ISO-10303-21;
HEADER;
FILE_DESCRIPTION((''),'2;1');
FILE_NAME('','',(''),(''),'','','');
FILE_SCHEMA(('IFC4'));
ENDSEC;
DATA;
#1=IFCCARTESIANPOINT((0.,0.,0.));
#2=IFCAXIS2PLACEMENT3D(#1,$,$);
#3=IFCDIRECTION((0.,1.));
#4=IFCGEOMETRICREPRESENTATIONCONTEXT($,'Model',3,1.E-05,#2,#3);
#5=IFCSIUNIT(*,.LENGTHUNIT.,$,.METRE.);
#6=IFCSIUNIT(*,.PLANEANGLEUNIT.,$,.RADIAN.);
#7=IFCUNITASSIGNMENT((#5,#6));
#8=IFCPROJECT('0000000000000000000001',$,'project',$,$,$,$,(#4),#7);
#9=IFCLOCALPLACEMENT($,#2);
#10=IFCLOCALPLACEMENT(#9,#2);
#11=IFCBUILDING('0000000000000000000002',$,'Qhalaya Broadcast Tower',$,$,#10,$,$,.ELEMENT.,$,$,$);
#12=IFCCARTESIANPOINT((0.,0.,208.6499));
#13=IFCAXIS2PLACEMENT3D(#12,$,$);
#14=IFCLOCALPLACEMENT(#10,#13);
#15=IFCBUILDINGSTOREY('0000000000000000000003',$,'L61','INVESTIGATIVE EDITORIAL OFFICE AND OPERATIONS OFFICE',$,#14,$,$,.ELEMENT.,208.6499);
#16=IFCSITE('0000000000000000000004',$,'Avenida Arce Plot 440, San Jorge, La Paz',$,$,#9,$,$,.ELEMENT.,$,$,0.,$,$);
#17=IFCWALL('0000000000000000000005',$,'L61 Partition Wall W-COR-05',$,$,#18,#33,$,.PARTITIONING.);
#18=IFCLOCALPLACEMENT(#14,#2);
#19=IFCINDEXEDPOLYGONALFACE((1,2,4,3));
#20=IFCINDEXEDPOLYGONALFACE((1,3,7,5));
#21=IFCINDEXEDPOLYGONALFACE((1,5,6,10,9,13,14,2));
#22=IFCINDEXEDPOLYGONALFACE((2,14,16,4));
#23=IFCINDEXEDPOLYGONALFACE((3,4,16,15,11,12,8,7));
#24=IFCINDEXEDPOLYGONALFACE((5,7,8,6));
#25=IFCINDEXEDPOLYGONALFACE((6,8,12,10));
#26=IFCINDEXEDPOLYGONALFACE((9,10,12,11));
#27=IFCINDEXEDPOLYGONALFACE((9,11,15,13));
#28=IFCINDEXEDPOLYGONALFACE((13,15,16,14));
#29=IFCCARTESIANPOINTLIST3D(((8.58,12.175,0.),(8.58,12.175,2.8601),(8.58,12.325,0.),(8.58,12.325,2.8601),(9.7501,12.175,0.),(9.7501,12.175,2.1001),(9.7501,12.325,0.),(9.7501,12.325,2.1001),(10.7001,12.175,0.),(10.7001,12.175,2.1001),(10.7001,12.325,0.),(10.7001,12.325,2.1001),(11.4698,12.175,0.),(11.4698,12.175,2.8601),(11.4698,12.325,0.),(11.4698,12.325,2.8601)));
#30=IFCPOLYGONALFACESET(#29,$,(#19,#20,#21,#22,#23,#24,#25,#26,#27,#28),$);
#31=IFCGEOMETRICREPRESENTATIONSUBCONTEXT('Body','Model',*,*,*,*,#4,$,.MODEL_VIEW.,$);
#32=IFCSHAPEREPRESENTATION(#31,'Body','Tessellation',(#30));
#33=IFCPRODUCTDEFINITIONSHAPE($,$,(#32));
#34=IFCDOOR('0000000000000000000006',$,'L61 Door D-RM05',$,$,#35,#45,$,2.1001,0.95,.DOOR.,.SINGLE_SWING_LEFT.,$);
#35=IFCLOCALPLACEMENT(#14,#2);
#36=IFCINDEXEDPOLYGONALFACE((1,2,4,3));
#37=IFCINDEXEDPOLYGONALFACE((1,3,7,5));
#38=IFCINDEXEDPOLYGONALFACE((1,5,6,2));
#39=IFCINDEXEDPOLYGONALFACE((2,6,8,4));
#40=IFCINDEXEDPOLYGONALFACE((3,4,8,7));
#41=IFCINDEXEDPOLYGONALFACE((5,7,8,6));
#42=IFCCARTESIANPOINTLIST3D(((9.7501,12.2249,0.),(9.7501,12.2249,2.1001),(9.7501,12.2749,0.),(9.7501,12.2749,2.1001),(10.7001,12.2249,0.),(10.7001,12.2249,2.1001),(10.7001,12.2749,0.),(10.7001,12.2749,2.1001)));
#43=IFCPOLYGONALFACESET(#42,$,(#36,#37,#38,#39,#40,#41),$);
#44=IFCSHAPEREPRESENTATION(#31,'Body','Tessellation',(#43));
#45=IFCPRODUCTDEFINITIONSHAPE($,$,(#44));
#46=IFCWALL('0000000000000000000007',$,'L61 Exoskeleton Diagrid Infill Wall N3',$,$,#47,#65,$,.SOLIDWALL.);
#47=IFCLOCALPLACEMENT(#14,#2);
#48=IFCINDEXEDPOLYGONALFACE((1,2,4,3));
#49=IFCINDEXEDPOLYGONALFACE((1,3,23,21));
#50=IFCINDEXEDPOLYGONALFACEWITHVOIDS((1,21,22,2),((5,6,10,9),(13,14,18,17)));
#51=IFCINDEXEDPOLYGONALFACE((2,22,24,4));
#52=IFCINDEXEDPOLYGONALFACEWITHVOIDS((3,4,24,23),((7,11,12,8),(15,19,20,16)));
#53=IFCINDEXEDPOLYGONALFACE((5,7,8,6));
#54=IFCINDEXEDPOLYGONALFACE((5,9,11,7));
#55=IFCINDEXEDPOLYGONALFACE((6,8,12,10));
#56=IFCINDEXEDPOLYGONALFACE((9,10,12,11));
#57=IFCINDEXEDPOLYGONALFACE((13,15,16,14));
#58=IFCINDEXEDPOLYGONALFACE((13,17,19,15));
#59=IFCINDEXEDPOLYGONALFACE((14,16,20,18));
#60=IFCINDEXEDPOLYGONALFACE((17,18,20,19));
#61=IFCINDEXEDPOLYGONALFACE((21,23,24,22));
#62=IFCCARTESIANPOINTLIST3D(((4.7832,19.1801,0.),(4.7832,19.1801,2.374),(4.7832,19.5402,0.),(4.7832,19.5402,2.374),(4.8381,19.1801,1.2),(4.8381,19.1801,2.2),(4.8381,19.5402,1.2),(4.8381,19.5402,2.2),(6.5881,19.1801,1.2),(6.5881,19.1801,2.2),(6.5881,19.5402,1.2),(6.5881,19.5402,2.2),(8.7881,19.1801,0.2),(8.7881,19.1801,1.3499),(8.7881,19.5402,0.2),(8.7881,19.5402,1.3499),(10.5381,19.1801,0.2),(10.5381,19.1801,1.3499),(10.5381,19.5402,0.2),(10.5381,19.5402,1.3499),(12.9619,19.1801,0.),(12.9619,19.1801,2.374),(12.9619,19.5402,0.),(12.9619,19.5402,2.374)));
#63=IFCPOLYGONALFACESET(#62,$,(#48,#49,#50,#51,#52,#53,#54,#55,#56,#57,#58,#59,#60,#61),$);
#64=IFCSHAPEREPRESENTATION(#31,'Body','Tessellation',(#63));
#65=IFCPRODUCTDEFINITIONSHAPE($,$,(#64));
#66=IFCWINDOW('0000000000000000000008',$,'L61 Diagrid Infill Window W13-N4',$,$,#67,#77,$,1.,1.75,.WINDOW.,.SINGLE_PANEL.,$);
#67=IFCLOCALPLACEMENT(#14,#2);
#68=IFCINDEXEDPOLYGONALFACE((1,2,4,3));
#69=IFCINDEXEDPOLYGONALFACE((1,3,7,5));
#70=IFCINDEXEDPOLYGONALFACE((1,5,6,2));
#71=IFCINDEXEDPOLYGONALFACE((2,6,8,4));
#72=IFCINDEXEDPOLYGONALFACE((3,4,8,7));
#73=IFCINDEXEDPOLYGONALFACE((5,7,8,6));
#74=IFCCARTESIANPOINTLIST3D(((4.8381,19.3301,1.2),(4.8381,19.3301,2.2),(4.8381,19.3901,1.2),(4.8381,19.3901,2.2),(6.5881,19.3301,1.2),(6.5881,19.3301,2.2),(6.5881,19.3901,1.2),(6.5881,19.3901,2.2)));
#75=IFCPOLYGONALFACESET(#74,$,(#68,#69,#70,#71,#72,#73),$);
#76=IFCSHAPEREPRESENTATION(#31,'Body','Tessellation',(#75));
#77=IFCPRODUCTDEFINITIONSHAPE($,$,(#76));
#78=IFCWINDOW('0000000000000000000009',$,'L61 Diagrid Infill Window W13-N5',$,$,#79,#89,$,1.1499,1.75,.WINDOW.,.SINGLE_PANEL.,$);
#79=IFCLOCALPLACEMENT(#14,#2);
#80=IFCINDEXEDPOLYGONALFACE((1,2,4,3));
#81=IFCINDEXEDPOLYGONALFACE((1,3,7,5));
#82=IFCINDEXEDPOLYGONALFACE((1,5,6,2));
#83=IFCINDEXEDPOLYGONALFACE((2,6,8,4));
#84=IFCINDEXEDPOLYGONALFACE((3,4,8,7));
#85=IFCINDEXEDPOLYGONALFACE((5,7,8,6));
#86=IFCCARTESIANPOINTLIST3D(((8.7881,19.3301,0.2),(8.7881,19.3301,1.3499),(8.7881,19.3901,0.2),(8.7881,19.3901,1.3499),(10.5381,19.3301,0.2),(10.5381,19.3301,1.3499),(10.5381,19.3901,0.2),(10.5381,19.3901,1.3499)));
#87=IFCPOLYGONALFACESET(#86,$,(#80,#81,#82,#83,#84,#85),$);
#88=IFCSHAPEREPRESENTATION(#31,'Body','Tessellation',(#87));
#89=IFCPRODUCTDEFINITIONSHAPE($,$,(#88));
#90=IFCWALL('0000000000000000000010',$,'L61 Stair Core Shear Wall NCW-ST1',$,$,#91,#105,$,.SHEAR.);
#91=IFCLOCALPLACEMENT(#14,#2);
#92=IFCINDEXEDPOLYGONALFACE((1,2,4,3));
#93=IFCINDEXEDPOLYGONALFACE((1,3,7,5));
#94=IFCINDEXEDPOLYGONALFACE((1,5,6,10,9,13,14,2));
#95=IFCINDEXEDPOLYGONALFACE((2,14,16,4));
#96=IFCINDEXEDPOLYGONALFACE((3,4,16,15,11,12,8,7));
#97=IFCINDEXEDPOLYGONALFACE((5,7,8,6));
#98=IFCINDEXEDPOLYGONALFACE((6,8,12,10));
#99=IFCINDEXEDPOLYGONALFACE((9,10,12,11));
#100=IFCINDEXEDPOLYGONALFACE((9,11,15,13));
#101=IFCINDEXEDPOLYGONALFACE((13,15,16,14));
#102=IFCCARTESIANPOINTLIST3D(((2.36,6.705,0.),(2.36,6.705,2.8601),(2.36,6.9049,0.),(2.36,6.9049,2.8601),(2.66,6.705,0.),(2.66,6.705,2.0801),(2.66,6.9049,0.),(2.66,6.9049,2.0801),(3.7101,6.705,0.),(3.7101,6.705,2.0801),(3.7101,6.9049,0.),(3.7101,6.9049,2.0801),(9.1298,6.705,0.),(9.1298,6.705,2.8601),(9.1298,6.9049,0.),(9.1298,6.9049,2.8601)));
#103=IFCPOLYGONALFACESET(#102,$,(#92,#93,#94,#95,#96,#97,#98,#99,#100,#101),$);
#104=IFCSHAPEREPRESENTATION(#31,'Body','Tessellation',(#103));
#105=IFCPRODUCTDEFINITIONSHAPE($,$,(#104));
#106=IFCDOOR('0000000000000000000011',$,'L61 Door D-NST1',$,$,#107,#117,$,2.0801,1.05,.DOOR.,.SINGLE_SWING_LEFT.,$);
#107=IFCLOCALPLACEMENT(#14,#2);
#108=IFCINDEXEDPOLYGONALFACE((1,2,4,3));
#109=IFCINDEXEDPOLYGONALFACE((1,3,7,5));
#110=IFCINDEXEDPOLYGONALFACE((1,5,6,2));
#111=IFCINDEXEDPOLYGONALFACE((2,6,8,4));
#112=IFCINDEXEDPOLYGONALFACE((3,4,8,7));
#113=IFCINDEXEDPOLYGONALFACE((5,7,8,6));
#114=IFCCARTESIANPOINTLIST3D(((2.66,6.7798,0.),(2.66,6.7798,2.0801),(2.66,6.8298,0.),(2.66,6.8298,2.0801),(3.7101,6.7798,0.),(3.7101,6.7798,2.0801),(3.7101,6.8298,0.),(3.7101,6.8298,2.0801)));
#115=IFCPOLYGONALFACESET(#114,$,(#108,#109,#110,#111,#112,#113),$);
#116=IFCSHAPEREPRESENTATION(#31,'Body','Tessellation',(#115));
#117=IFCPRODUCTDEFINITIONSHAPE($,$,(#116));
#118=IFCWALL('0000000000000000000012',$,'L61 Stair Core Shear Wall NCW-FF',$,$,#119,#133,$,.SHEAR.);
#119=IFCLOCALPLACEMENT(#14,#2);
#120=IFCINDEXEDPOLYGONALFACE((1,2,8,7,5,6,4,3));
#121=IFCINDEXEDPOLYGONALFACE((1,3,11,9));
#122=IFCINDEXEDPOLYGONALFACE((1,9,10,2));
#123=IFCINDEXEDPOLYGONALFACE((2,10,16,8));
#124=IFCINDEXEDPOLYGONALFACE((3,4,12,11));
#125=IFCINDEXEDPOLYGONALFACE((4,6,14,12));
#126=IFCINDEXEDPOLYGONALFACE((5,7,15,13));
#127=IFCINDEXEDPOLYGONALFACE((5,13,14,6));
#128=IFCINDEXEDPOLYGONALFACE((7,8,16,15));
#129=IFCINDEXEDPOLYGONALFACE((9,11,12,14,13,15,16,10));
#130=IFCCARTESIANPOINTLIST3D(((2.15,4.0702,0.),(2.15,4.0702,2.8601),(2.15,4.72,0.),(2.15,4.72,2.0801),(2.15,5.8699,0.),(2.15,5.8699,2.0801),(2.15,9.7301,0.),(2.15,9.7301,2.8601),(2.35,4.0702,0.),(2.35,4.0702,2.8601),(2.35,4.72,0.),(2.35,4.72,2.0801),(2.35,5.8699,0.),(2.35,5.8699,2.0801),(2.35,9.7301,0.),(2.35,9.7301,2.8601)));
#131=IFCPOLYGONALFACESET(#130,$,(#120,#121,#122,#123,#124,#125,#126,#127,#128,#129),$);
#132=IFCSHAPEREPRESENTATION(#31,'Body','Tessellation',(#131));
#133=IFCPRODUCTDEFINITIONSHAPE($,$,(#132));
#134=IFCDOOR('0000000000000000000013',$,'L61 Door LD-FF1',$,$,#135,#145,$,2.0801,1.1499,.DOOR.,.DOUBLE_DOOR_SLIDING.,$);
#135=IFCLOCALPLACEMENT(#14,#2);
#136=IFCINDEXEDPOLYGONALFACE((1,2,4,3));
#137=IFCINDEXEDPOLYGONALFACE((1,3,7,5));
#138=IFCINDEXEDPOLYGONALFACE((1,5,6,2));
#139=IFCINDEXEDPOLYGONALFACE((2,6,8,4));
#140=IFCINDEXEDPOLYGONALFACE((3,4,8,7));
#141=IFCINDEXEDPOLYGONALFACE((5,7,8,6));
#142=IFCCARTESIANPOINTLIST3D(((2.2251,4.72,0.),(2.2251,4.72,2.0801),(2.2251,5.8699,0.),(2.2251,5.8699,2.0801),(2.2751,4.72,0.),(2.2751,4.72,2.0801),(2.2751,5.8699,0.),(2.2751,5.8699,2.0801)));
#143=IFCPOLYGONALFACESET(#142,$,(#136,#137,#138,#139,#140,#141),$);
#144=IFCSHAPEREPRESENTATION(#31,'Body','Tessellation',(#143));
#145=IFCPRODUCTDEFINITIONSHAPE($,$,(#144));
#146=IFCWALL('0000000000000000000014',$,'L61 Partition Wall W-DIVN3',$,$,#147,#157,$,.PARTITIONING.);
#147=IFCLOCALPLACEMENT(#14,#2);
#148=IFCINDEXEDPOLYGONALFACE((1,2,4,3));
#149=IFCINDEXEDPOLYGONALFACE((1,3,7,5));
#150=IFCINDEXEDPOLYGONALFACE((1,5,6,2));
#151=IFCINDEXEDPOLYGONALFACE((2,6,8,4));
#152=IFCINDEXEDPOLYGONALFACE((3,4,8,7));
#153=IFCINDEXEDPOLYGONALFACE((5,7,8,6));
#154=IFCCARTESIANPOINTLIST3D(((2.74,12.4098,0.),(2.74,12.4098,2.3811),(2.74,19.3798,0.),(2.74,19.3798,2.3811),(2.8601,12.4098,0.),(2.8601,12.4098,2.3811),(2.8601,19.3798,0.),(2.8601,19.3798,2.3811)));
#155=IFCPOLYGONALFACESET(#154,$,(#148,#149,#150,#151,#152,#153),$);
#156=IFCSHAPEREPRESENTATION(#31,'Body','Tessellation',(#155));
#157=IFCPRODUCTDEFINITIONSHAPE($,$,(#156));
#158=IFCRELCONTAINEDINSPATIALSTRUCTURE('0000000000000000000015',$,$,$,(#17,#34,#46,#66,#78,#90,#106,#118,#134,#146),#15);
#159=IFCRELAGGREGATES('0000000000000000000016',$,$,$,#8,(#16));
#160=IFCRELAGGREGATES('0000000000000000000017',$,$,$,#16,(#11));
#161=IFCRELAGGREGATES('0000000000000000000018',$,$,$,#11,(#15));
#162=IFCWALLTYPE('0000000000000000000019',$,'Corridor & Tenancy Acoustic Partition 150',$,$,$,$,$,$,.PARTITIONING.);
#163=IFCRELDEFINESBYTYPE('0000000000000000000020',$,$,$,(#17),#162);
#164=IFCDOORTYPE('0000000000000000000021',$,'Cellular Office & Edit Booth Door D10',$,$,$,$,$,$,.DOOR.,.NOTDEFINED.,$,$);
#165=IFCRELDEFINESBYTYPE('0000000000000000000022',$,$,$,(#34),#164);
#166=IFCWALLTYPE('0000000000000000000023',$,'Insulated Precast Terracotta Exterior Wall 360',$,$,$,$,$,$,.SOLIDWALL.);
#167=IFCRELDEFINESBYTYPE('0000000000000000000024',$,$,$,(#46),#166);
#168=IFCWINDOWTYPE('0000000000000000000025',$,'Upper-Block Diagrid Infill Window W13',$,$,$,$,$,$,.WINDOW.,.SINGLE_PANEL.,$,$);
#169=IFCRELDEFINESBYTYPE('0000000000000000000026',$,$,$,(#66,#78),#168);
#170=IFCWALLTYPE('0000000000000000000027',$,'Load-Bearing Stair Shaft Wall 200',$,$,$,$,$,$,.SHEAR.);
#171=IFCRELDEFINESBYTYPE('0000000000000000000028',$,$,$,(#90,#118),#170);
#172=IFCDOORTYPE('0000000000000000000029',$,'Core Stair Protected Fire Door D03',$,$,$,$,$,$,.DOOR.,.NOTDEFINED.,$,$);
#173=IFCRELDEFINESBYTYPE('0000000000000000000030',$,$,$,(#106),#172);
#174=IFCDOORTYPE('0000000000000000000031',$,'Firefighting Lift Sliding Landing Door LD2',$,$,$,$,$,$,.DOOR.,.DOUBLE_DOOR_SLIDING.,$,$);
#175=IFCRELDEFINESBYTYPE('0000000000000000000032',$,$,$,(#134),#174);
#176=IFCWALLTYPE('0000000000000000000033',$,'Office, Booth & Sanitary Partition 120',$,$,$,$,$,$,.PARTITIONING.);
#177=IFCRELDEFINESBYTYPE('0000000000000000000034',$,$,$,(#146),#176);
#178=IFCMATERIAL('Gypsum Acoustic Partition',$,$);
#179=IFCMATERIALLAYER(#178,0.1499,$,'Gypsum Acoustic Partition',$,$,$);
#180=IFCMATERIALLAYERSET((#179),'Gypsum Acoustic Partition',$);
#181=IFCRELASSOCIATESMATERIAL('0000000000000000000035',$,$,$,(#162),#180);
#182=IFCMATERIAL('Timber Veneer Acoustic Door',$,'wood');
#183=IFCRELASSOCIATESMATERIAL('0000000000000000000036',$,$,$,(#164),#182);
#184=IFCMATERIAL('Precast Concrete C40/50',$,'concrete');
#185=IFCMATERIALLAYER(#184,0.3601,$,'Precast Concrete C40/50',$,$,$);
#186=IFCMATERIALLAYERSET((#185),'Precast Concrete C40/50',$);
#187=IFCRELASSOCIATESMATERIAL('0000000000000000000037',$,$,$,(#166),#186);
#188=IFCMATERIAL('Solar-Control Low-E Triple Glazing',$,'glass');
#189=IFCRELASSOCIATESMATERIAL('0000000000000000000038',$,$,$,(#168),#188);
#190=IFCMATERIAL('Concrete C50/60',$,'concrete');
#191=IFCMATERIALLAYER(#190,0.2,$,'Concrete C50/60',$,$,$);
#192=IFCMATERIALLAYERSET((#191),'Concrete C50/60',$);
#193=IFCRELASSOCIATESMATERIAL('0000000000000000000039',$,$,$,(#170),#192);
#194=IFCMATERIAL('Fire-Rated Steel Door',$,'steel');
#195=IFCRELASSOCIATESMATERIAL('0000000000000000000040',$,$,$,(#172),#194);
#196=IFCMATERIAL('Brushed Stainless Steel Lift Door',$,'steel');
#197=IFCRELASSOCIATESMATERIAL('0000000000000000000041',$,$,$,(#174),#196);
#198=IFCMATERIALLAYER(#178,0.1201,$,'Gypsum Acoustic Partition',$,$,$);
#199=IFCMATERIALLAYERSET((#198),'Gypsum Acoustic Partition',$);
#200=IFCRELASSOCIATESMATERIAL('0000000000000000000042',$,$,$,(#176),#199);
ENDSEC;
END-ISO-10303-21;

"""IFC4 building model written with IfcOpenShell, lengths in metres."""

from ifc_helpers import new_model, si_unit, direction, frame, frame_2d, origin, place, context, subcontext, project, spatial, rectangle, extrude, material, layer, layer_set, type_object, element, fill, save


model = new_model("IFC4")

# Units and contexts
model_context = context("Model", 3, precision=1e-05, world=origin(), true_north=direction((0.0, 1.0)))
body_context = subcontext(model_context, "Body", "Model", "MODEL_VIEW")
ifc_project = project(units=[si_unit("LENGTHUNIT", "METRE"), si_unit("PLANEANGLEUNIT", "RADIAN")], contexts=[model_context])

# Site, building, storey
site_placement = place(None, origin())
site = spatial("IfcSite", under=ifc_project, at=site_placement, Name="Avenida Arce Plot 440, San Jorge, La Paz", CompositionType="ELEMENT", RefElevation=0.0)
building_placement = place(site_placement, origin())
building = spatial("IfcBuilding", under=site, at=building_placement, Name="Qhalaya Broadcast Tower", CompositionType="ELEMENT")
storey_placement = place(building_placement, frame((0.0, 0.0, 208.6499)))
storey = spatial("IfcBuildingStorey", under=building, at=storey_placement, Name="L61", Description="INVESTIGATIVE EDITORIAL OFFICE AND OPERATIONS OFFICE", CompositionType="ELEMENT", Elevation=208.6499)

# Shared definitions
ifc_material_1 = material(Name="Concrete C50/60", Category="concrete")

# Wall, opening, door
ifc_material_2 = material(Name="Gypsum Acoustic Partition")
ifc_layer_1 = layer(ifc_material_2, 0.1499, Name="Gypsum Acoustic Partition")
ifc_layer_set_1 = layer_set([ifc_layer_1], Name="Gypsum Acoustic Partition")
wall_type_1 = type_object("IfcWallType", Name="Corridor & Tenancy Acoustic Partition 150", PredefinedType="PARTITIONING", material=ifc_layer_set_1)
ifc_material_3 = material(Name="Timber Veneer Acoustic Door", Category="wood")
door_type_1 = type_object("IfcDoorType", Name="Cellular Office & Edit Booth Door D10", OperationType="NOTDEFINED", PredefinedType="DOOR", material=ifc_material_3)
wall_1_placement = place(storey_placement, frame((8.5801, 12.25, 0.0), z_axis=(0.0, 0.0, 1.0), x_axis=(1.0, 0.0, 0.0)))
wall_1 = element("IfcWall", 1, at=wall_1_placement, inside=storey, type_object=wall_type_1, Name="L61 Partition Wall W-COR-05", PredefinedType="PARTITIONING", context=body_context, shape_type="SweptSolid", body=[
    extrude(rectangle(XDim=2.8899, YDim=0.1499, at=frame_2d((1.4448, 0.0))), origin(), (0.0, 0.0, 1.0), 2.8601),
])
opening_1_placement = place(wall_1_placement, frame((1.1699, 0.0, 0.0)))
opening_1 = element("IfcOpeningElement", 2, at=opening_1_placement, cuts=wall_1, PredefinedType="OPENING", context=body_context, shape_type="SweptSolid", body=[
    extrude(rectangle(XDim=0.95, YDim=2.1001, at=frame_2d((0.4751, 1.05))), frame((0.0, 0.0869, 0.0), z_axis=(0.0, -1.0, 0.0), x_axis=(1.0, 0.0, 0.0)), (0.0, 0.0, 1.0), 0.1738),
])
door_1_placement = place(opening_1_placement, origin())
door_1 = element("IfcDoor", 3, at=door_1_placement, inside=storey, type_object=door_type_1, Name="L61 Door D-RM05", OperationType="SINGLE_SWING_LEFT", OverallHeight=2.1001, OverallWidth=0.95, PredefinedType="DOOR", context=body_context, shape_type="SweptSolid", body=[
    extrude(rectangle(XDim=0.95, YDim=2.1001, at=frame_2d((0.4751, 1.05))), frame((0.0, 0.0249, 0.0), z_axis=(0.0, -1.0, 0.0), x_axis=(1.0, 0.0, 0.0)), (0.0, 0.0, 1.0), 0.05),
])
fill(opening_1, door_1)

# Wall, openings, windows
ifc_material_4 = material(Name="Precast Concrete C40/50", Category="concrete")
ifc_layer_2 = layer(ifc_material_4, 0.3601, Name="Precast Concrete C40/50")
ifc_layer_set_2 = layer_set([ifc_layer_2], Name="Precast Concrete C40/50")
wall_type_2 = type_object("IfcWallType", Name="Insulated Precast Terracotta Exterior Wall 360", PredefinedType="SOLIDWALL", material=ifc_layer_set_2)
wall_2_placement = place(storey_placement, frame((4.7832, 19.3601, 0.0), z_axis=(0.0, 0.0, 1.0), x_axis=(1.0, 0.0, 0.0)))
wall_2 = element("IfcWall", 4, at=wall_2_placement, inside=storey, type_object=wall_type_2, Name="L61 Exoskeleton Diagrid Infill Wall N3", PredefinedType="SOLIDWALL", context=body_context, shape_type="SweptSolid", body=[
    extrude(rectangle(XDim=8.1787, YDim=0.3601, at=frame_2d((4.0894, 0.0))), origin(), (0.0, 0.0, 1.0), 2.374),
])
opening_2_placement = place(wall_2_placement, frame((0.0549, 0.0, 1.2)))
opening_2 = element("IfcOpeningElement", 5, at=opening_2_placement, cuts=wall_2, PredefinedType="OPENING", context=body_context, shape_type="SweptSolid", body=[
    extrude(rectangle(XDim=1.75, YDim=1.0, at=frame_2d((0.875, 0.5))), frame((0.0, 0.1921, 0.0), z_axis=(0.0, -1.0, 0.0), x_axis=(1.0, 0.0, 0.0)), (0.0, 0.0, 1.0), 0.384),
])
opening_3_placement = place(wall_2_placement, frame((4.0049, 0.0, 0.2)))
opening_3 = element("IfcOpeningElement", 6, at=opening_3_placement, cuts=wall_2, PredefinedType="OPENING", context=body_context, shape_type="SweptSolid", body=[
    extrude(rectangle(XDim=1.75, YDim=1.1499, at=frame_2d((0.875, 0.575))), frame((0.0, 0.1921, 0.0), z_axis=(0.0, -1.0, 0.0), x_axis=(1.0, 0.0, 0.0)), (0.0, 0.0, 1.0), 0.384),
])
ifc_material_5 = material(Name="Solar-Control Low-E Triple Glazing", Category="glass")
window_type = type_object("IfcWindowType", Name="Upper-Block Diagrid Infill Window W13", PartitioningType="SINGLE_PANEL", PredefinedType="WINDOW", material=ifc_material_5)
window_1_placement = place(opening_2_placement, origin())
window_1 = element("IfcWindow", 7, at=window_1_placement, inside=storey, type_object=window_type, Name="L61 Diagrid Infill Window W13-N4", OverallHeight=1.0, OverallWidth=1.75, PartitioningType="SINGLE_PANEL", PredefinedType="WINDOW", context=body_context, shape_type="SweptSolid", body=[
    extrude(rectangle(XDim=1.75, YDim=1.0, at=frame_2d((0.875, 0.5))), frame((0.0, 0.03, 0.0), z_axis=(0.0, -1.0, 0.0), x_axis=(1.0, 0.0, 0.0)), (0.0, 0.0, 1.0), 0.0601),
])
fill(opening_2, window_1)
window_2_placement = place(opening_3_placement, origin())
window_2 = element("IfcWindow", 8, at=window_2_placement, inside=storey, type_object=window_type, Name="L61 Diagrid Infill Window W13-N5", OverallHeight=1.1499, OverallWidth=1.75, PartitioningType="SINGLE_PANEL", PredefinedType="WINDOW", context=body_context, shape_type="SweptSolid", body=[
    extrude(rectangle(XDim=1.75, YDim=1.1499, at=frame_2d((0.875, 0.575))), frame((0.0, 0.03, 0.0), z_axis=(0.0, -1.0, 0.0), x_axis=(1.0, 0.0, 0.0)), (0.0, 0.0, 1.0), 0.0601),
])
fill(opening_3, window_2)

# Walls, openings, doors
ifc_layer_3 = layer(ifc_material_1, 0.2, Name="Concrete C50/60")
ifc_layer_set_3 = layer_set([ifc_layer_3], Name="Concrete C50/60")
wall_type_3 = type_object("IfcWallType", Name="Load-Bearing Stair Shaft Wall 200", PredefinedType="SHEAR", material=ifc_layer_set_3)
wall_3_placement = place(storey_placement, frame((2.3601, 6.8049, 0.0), z_axis=(0.0, 0.0, 1.0), x_axis=(1.0, 0.0, 0.0)))
wall_3 = element("IfcWall", 9, at=wall_3_placement, inside=storey, type_object=wall_type_3, Name="L61 Stair Core Shear Wall NCW-ST1", PredefinedType="SHEAR", context=body_context, shape_type="SweptSolid", body=[
    extrude(rectangle(XDim=6.7698, YDim=0.2, at=frame_2d((3.3848, 0.0))), origin(), (0.0, 0.0, 1.0), 2.8601),
])
opening_4_placement = place(wall_3_placement, frame((0.3, 0.0, 0.0)))
opening_4 = element("IfcOpeningElement", 10, at=opening_4_placement, cuts=wall_3, PredefinedType="OPENING", context=body_context, shape_type="SweptSolid", body=[
    extrude(rectangle(XDim=1.05, YDim=2.0801, at=frame_2d((0.5249, 1.04))), frame((0.0, 0.1121, 0.0), z_axis=(0.0, -1.0, 0.0), x_axis=(1.0, 0.0, 0.0)), (0.0, 0.0, 1.0), 0.2239),
])
ifc_material_6 = material(Name="Fire-Rated Steel Door", Category="steel")
door_type_2 = type_object("IfcDoorType", Name="Core Stair Protected Fire Door D03", OperationType="NOTDEFINED", PredefinedType="DOOR", material=ifc_material_6)
door_2_placement = place(opening_4_placement, origin())
door_2 = element("IfcDoor", 11, at=door_2_placement, inside=storey, type_object=door_type_2, Name="L61 Door D-NST1", OperationType="SINGLE_SWING_LEFT", OverallHeight=2.0801, OverallWidth=1.05, PredefinedType="DOOR", context=body_context, shape_type="SweptSolid", body=[
    extrude(rectangle(XDim=1.05, YDim=2.0801, at=frame_2d((0.5249, 1.04))), frame((0.0, 0.0249, 0.0), z_axis=(0.0, -1.0, 0.0), x_axis=(1.0, 0.0, 0.0)), (0.0, 0.0, 1.0), 0.05),
])
fill(opening_4, door_2)
wall_4_placement = place(storey_placement, frame((2.25, 4.0701, 0.0), z_axis=(0.0, 0.0, 1.0), x_axis=(0.0, 1.0, 0.0)))
wall_4 = element("IfcWall", 12, at=wall_4_placement, inside=storey, type_object=wall_type_3, Name="L61 Stair Core Shear Wall NCW-FF", PredefinedType="SHEAR", context=body_context, shape_type="SweptSolid", body=[
    extrude(rectangle(XDim=5.6599, YDim=0.2, at=frame_2d((2.8301, 0.0))), origin(), (0.0, 0.0, 1.0), 2.8601),
])
opening_5_placement = place(wall_4_placement, frame((0.6499, 0.0, 0.0)))
opening_5 = element("IfcOpeningElement", 13, at=opening_5_placement, cuts=wall_4, PredefinedType="OPENING", context=body_context, shape_type="SweptSolid", body=[
    extrude(rectangle(XDim=1.1499, YDim=2.0801, at=frame_2d((0.575, 1.04))), frame((0.0, 0.1121, 0.0), z_axis=(0.0, -1.0, 0.0), x_axis=(1.0, 0.0, 0.0)), (0.0, 0.0, 1.0), 0.2239),
])
ifc_material_7 = material(Name="Brushed Stainless Steel Lift Door", Category="steel")
door_type_3 = type_object("IfcDoorType", Name="Firefighting Lift Sliding Landing Door LD2", OperationType="DOUBLE_DOOR_SLIDING", PredefinedType="DOOR", material=ifc_material_7)
door_3_placement = place(opening_5_placement, origin())
door_3 = element("IfcDoor", 14, at=door_3_placement, inside=storey, type_object=door_type_3, Name="L61 Door LD-FF1", OperationType="DOUBLE_DOOR_SLIDING", OverallHeight=2.0801, OverallWidth=1.1499, PredefinedType="DOOR", context=body_context, shape_type="SweptSolid", body=[
    extrude(rectangle(XDim=1.1499, YDim=2.0801, at=frame_2d((0.575, 1.04))), frame((0.0, 0.0249, 0.0), z_axis=(0.0, -1.0, 0.0), x_axis=(1.0, 0.0, 0.0)), (0.0, 0.0, 1.0), 0.05),
])
fill(opening_5, door_3)

# Wall
ifc_layer_4 = layer(ifc_material_2, 0.1201, Name="Gypsum Acoustic Partition")
ifc_layer_set_4 = layer_set([ifc_layer_4], Name="Gypsum Acoustic Partition")
wall_type_4 = type_object("IfcWallType", Name="Office, Booth & Sanitary Partition 120", PredefinedType="PARTITIONING", material=ifc_layer_set_4)
wall_5_placement = place(storey_placement, frame((2.8, 12.4099, 0.0), z_axis=(0.0, 0.0, 1.0), x_axis=(0.0, 1.0, 0.0)))
element("IfcWall", 15, at=wall_5_placement, inside=storey, type_object=wall_type_4, Name="L61 Partition Wall W-DIVN3", PredefinedType="PARTITIONING", context=body_context, shape_type="SweptSolid", body=[
    extrude(rectangle(XDim=6.97, YDim=0.1201, at=frame_2d((3.4849, 0.0))), origin(), (0.0, 0.0, 1.0), 2.3811),
])

save(model, "model.ifc")
